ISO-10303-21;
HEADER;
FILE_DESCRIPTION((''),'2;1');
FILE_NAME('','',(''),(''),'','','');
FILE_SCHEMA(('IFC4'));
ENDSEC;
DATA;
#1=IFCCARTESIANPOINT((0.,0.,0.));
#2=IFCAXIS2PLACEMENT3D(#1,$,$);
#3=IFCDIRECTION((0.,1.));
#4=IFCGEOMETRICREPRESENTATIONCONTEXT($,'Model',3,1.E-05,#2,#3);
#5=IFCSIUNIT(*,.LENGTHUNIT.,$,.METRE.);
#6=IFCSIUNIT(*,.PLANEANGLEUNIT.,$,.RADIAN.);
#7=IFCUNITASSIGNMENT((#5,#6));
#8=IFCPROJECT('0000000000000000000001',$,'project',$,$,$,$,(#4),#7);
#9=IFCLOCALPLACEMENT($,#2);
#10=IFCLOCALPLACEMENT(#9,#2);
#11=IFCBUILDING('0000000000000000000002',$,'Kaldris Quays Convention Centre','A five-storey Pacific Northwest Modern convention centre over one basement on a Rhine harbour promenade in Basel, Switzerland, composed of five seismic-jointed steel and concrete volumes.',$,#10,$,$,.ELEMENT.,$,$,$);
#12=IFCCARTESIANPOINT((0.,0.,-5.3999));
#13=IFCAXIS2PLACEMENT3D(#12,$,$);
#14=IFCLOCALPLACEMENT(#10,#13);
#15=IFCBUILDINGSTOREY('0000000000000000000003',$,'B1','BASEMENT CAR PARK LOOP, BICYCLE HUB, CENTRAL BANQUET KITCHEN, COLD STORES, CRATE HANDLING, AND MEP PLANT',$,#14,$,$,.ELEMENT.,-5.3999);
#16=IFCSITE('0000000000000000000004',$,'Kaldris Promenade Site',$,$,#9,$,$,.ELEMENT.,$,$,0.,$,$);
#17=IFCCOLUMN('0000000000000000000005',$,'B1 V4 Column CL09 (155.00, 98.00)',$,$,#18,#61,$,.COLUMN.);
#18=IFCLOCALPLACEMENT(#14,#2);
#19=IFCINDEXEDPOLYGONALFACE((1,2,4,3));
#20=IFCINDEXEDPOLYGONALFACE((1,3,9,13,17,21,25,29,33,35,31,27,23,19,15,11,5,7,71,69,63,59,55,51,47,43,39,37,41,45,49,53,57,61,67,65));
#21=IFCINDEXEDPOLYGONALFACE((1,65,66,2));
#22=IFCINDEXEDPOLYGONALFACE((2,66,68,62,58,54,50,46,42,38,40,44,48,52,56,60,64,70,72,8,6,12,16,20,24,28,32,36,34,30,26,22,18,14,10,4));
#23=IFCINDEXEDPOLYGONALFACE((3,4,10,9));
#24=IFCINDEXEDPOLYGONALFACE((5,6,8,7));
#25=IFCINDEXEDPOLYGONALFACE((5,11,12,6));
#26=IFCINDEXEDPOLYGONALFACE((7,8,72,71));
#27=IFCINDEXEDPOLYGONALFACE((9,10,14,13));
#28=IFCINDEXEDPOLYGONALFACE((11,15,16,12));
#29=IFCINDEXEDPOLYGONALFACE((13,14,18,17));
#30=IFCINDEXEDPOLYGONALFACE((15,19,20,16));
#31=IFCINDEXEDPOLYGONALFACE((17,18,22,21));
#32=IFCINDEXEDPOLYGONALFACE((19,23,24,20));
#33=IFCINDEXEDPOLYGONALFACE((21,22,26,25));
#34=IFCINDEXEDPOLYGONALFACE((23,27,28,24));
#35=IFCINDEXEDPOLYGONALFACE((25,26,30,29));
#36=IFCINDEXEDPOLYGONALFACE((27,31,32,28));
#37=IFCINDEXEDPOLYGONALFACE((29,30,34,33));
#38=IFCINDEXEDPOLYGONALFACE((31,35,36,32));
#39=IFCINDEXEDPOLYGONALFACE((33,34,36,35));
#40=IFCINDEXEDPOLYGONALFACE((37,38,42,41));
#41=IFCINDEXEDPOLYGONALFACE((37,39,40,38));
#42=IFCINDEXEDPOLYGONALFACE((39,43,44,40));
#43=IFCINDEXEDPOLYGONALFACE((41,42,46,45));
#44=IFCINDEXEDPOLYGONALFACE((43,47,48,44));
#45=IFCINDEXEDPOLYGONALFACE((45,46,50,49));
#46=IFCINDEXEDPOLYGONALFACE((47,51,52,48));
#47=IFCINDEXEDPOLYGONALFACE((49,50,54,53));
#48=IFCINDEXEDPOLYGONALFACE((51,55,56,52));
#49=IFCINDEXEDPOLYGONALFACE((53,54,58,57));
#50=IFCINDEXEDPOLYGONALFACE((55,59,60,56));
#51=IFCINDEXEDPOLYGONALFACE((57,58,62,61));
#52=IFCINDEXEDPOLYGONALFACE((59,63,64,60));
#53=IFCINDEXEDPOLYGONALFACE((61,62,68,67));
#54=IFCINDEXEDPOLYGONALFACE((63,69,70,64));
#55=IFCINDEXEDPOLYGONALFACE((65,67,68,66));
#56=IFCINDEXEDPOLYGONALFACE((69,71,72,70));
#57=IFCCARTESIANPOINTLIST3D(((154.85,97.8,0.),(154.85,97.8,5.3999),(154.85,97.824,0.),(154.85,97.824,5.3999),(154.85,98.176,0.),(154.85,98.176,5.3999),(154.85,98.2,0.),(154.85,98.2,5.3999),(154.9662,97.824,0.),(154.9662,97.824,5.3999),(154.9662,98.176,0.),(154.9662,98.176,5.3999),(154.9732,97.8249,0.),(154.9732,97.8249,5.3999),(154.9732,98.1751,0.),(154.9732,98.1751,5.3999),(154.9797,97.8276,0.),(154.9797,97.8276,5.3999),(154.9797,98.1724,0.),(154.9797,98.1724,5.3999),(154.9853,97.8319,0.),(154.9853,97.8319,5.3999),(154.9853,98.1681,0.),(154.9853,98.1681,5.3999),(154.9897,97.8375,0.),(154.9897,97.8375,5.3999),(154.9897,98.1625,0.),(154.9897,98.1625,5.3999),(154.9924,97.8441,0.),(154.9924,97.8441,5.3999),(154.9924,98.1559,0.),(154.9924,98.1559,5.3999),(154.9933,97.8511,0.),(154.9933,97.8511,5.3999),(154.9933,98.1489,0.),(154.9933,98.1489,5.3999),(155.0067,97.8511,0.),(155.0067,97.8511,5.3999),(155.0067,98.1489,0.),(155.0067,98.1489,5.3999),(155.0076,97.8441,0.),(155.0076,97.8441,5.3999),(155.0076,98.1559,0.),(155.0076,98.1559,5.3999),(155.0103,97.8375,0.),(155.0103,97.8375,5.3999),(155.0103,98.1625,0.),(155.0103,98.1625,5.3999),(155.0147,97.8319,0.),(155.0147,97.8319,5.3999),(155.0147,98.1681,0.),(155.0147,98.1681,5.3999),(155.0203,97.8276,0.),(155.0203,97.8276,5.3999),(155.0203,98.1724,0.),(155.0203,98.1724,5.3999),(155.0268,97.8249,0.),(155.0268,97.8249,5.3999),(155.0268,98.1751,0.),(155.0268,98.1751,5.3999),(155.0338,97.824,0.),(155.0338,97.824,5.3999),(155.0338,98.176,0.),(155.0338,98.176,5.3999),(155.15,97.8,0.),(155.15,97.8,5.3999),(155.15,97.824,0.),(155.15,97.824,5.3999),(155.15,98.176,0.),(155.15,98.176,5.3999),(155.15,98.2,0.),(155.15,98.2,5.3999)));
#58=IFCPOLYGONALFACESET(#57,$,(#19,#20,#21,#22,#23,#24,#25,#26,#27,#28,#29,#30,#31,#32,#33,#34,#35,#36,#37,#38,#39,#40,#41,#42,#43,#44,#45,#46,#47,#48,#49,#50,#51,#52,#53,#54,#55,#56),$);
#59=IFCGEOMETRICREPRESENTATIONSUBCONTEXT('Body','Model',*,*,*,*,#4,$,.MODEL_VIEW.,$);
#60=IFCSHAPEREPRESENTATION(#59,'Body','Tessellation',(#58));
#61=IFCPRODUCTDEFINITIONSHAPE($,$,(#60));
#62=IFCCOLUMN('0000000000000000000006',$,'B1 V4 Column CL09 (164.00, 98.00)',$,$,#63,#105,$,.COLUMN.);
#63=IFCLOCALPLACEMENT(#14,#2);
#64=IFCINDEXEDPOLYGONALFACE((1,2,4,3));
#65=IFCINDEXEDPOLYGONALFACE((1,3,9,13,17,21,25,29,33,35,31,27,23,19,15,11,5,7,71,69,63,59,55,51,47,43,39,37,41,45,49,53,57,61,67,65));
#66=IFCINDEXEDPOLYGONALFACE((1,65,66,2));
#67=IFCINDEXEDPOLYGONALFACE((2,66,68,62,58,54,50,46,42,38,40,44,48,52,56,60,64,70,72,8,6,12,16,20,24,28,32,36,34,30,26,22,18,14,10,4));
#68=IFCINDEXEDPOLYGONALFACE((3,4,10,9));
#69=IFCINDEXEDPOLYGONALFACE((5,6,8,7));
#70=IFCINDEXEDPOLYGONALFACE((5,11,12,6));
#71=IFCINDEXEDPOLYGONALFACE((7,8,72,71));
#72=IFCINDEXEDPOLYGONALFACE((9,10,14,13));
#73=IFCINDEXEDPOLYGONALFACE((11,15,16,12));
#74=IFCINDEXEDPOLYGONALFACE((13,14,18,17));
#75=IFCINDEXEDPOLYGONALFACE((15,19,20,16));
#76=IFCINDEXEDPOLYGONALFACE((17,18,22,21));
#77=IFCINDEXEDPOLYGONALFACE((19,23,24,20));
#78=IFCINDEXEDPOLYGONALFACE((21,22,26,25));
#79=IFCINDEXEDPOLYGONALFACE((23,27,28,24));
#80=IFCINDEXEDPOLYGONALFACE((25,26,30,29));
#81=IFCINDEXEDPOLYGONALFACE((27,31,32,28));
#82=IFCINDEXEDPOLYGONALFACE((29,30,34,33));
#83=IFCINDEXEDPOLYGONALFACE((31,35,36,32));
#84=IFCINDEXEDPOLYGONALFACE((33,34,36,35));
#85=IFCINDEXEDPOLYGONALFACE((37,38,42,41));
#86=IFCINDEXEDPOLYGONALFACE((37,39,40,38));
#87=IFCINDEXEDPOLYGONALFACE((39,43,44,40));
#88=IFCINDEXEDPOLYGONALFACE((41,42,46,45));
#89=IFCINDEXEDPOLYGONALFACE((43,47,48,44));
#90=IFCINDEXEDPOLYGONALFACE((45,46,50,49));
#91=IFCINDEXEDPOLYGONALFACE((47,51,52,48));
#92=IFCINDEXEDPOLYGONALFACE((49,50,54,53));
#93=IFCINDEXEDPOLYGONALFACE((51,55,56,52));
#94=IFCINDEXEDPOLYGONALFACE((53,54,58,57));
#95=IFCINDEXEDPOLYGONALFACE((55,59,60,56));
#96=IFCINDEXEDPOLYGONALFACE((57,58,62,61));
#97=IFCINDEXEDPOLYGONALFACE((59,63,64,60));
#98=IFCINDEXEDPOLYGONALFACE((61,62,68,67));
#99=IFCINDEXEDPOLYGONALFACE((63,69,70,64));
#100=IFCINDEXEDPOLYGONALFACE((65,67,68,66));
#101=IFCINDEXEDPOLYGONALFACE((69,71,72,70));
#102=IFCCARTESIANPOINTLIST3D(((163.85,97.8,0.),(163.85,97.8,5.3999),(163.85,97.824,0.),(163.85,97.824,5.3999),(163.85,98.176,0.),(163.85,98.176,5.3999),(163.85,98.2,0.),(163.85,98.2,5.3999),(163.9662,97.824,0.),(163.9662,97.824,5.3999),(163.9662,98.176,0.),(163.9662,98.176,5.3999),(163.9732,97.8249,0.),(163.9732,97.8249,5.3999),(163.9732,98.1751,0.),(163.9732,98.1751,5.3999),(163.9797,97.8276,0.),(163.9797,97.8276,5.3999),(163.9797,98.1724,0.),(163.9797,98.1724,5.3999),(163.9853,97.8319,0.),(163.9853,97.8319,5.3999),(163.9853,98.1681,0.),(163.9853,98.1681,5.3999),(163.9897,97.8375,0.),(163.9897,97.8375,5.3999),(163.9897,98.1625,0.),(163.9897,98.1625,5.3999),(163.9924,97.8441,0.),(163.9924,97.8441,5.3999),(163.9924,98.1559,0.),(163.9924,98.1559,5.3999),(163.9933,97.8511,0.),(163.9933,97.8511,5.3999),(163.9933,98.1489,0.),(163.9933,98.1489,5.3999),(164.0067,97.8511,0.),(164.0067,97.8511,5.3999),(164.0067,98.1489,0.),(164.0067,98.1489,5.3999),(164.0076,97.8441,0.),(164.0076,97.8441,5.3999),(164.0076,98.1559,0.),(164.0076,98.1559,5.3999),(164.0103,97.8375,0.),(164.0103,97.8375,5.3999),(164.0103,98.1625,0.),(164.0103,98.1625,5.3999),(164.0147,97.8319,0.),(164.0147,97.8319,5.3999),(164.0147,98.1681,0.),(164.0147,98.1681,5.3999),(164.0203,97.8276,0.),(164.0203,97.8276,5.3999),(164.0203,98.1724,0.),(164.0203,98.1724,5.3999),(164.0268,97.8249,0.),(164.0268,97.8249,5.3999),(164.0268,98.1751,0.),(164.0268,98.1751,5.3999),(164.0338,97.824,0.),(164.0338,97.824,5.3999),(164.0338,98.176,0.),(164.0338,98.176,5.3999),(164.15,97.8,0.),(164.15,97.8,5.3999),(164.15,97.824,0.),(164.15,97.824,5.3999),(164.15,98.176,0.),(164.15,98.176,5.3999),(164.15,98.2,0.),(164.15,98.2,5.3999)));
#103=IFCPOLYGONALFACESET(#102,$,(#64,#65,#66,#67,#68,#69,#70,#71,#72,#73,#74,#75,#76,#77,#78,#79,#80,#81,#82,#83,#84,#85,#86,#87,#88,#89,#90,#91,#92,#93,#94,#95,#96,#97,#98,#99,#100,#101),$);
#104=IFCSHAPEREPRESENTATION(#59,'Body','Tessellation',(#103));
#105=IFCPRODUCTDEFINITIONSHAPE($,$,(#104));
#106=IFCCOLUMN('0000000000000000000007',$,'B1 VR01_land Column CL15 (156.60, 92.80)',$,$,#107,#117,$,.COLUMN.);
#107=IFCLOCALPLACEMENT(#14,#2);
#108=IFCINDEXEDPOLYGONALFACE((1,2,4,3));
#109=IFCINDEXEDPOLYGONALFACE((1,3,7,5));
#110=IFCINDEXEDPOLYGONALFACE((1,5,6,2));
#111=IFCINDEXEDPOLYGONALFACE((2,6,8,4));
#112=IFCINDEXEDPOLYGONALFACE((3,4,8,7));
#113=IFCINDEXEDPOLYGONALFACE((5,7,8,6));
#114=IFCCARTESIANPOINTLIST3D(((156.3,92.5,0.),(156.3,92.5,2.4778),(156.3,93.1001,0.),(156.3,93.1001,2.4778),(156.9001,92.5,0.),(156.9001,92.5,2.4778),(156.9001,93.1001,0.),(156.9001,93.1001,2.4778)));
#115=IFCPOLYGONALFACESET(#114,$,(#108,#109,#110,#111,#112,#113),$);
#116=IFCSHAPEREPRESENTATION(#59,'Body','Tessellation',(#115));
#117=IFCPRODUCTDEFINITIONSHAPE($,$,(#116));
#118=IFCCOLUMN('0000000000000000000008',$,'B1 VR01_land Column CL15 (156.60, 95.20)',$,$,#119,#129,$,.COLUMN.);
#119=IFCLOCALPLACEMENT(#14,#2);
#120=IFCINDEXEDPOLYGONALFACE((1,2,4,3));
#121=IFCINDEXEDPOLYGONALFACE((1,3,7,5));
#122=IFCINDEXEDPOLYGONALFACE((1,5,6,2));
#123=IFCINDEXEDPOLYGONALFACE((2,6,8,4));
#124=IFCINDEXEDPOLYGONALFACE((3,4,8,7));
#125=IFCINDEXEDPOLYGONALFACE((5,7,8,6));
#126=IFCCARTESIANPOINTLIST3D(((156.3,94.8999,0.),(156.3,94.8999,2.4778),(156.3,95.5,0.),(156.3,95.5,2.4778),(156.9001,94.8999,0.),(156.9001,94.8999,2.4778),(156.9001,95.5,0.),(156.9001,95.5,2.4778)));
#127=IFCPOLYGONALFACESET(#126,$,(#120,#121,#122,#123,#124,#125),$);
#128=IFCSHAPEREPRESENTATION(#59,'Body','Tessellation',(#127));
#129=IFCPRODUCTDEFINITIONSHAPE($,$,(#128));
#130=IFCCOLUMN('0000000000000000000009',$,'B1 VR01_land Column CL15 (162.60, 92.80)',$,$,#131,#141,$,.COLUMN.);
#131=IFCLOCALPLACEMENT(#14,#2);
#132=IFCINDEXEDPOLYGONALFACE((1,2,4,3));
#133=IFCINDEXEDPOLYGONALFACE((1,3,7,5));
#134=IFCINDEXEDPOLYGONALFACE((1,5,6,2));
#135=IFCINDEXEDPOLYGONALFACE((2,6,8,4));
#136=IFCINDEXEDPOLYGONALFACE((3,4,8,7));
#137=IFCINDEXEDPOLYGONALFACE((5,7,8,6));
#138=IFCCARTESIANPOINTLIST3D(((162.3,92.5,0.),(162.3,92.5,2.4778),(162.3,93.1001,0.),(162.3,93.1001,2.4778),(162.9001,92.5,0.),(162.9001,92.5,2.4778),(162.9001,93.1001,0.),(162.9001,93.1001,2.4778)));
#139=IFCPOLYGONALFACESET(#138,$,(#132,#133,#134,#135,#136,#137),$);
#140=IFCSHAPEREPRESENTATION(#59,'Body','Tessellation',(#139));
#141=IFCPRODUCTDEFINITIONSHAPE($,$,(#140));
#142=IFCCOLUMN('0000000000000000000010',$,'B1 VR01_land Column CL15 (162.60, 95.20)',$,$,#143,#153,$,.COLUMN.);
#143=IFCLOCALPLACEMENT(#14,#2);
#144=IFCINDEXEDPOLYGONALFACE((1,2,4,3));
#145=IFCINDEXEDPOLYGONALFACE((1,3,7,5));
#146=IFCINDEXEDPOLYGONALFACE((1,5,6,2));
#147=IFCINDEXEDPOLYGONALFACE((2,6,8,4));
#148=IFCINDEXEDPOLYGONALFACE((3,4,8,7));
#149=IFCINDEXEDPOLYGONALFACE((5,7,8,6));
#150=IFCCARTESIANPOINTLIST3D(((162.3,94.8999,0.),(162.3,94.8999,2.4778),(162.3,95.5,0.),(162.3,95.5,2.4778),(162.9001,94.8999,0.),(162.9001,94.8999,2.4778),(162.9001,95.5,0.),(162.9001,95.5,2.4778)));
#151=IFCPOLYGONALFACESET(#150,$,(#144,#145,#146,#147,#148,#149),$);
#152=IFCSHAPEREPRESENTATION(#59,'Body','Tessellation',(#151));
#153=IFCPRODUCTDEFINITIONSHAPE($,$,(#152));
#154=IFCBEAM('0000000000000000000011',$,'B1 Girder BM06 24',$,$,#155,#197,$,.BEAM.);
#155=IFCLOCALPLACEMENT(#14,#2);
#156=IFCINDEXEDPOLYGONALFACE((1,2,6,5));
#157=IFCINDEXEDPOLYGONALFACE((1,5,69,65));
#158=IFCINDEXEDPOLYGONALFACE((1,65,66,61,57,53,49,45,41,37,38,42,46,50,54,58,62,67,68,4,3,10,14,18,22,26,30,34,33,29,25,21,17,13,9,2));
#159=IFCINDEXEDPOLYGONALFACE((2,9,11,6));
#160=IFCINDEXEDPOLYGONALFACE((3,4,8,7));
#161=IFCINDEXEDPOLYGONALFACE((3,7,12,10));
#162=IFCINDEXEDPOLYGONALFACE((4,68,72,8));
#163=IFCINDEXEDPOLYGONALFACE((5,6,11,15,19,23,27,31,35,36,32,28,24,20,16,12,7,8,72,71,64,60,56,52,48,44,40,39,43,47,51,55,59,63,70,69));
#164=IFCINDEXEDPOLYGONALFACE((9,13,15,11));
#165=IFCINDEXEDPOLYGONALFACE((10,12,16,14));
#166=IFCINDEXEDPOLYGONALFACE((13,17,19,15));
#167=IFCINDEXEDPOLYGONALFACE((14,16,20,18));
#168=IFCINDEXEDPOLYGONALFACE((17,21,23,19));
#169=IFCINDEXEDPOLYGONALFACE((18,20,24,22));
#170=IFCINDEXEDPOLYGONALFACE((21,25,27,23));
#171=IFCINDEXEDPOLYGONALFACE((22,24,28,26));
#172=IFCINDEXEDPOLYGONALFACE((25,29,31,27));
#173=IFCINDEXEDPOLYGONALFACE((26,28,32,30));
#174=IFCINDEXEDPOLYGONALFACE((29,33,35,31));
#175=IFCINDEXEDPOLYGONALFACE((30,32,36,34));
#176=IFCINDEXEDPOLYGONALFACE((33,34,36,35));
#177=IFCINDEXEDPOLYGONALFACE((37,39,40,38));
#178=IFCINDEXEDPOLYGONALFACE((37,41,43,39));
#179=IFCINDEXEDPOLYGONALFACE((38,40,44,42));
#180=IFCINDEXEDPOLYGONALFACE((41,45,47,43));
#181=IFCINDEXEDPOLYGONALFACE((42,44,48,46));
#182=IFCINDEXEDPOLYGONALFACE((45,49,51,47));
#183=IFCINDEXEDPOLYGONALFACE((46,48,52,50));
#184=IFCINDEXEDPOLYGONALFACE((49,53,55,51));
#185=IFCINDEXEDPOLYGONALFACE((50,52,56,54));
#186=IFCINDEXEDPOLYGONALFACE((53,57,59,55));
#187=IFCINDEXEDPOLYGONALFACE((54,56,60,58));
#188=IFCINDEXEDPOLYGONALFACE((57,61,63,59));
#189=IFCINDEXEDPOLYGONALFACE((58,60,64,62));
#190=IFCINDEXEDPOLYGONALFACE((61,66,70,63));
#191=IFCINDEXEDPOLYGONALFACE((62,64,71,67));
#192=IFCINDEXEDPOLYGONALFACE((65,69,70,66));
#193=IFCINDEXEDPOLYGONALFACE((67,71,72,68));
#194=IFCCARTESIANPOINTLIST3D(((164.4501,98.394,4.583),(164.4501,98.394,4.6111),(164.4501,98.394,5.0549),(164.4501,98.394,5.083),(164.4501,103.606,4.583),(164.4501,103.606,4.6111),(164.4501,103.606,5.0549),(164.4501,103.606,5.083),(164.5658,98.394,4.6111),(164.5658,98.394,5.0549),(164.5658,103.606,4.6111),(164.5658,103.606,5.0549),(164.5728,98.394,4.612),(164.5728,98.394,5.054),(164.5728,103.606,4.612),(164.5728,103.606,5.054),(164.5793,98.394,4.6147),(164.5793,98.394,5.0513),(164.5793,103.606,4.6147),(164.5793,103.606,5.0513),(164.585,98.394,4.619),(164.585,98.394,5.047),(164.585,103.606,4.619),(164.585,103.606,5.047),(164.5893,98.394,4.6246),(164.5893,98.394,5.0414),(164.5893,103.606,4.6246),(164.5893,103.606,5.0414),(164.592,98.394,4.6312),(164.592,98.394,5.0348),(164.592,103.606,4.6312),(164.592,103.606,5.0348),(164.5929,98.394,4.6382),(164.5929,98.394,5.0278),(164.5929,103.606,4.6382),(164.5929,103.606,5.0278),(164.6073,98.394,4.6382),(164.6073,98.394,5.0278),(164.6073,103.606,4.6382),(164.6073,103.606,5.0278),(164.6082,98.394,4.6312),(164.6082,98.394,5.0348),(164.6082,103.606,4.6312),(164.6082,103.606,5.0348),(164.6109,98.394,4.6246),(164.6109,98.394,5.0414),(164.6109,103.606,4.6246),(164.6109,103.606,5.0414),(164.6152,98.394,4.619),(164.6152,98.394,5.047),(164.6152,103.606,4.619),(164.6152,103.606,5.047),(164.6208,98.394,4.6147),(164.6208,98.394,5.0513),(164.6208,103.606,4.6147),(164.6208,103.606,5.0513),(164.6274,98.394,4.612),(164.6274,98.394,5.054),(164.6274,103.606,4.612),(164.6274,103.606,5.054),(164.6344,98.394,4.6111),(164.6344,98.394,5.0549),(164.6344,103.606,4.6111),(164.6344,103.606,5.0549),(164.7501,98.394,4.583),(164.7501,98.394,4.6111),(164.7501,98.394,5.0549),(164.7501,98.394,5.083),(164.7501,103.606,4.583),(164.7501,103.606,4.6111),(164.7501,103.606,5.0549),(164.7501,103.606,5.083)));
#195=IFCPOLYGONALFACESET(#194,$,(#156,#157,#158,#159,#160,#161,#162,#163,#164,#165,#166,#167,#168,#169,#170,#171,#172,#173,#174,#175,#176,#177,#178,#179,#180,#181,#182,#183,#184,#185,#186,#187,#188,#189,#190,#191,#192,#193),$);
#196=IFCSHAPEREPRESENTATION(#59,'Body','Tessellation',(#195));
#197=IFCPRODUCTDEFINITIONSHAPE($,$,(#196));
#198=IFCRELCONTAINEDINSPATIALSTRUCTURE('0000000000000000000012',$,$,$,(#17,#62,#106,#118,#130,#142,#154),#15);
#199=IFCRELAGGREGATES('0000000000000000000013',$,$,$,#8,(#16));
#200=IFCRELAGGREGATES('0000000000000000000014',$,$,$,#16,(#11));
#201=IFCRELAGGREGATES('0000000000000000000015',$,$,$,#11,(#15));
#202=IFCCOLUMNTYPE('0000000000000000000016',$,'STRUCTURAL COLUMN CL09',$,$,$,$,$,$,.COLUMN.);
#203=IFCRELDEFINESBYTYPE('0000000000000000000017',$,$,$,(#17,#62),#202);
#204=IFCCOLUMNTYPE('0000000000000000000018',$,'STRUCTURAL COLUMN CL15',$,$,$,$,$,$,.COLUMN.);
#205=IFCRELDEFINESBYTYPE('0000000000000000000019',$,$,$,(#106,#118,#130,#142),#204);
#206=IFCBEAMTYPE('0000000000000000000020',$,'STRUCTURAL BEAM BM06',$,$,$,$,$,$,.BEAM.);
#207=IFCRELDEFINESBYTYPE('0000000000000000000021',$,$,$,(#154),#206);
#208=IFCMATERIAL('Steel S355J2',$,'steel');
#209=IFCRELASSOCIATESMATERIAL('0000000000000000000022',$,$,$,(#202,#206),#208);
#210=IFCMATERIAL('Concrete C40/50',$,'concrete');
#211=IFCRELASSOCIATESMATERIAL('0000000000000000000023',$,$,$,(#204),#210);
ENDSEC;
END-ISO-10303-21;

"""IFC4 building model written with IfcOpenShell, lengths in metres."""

from ifc_helpers import new_model, si_unit, direction, frame, origin, origin_2d, place, context, subcontext, project, spatial, rectangle, i_section, extrude, material, material_profile, profile_set, type_object, element, save


model = new_model("IFC4")

# Units and contexts
model_context = context("Model", 3, precision=1e-05, world=origin(), true_north=direction((0.0, 1.0)))
body_context = subcontext(model_context, "Body", "Model", "MODEL_VIEW")
ifc_project = project(units=[si_unit("LENGTHUNIT", "METRE"), si_unit("PLANEANGLEUNIT", "RADIAN")], contexts=[model_context])

# Site, building, storey
site_placement = place(None, origin())
site = spatial("IfcSite", under=ifc_project, at=site_placement, Name="Kaldris Promenade Site", CompositionType="ELEMENT", RefElevation=0.0)
building_placement = place(site_placement, origin())
building = spatial("IfcBuilding", under=site, at=building_placement, Name="Kaldris Quays Convention Centre", Description="A five-storey Pacific Northwest Modern convention centre over one basement on a Rhine harbour promenade in Basel, Switzerland, composed of five seismic-jointed steel and concrete volumes.", CompositionType="ELEMENT")
storey_placement = place(building_placement, frame((0.0, 0.0, -5.3999)))
storey = spatial("IfcBuildingStorey", under=building, at=storey_placement, Name="B1", Description="BASEMENT CAR PARK LOOP, BICYCLE HUB, CENTRAL BANQUET KITCHEN, COLD STORES, CRATE HANDLING, AND MEP PLANT", CompositionType="ELEMENT", Elevation=-5.3999)

# Columns
ifc_material_1 = material(Name="Steel S355J2", Category="steel")
ifc_material_profile_1 = material_profile(ifc_material_1, i_section(OverallWidth=0.3, OverallDepth=0.3999, WebThickness=0.0134, FlangeThickness=0.0239, FilletRadius=0.0271, at=origin_2d()), Name="HEB 400")
ifc_profile_set_1 = profile_set([ifc_material_profile_1], Name="Steel S355J2")
column_type_1 = type_object("IfcColumnType", Name="STRUCTURAL COLUMN CL09", PredefinedType="COLUMN", material=ifc_profile_set_1)
for number, where, z_axis, x_axis, name in (
    (1, (155.0, 98.0, 0.0), (0.0, 0.0, 1.0), (1.0, 0.0, 0.0), "B1 V4 Column CL09 (155.00, 98.00)"),
    (2, (164.0, 98.0, 0.0), (0.0, 0.0, 1.0), (1.0, 0.0, 0.0), "B1 V4 Column CL09 (164.00, 98.00)"),
):
    element("IfcColumn", number, at=place(storey_placement, frame(where, z_axis=z_axis, x_axis=x_axis)), inside=storey, type_object=column_type_1, Name=name, PredefinedType="COLUMN", context=body_context, shape_type="SweptSolid", body=[
        extrude(i_section(OverallWidth=0.3, OverallDepth=0.3999, WebThickness=0.0134, FlangeThickness=0.0239, FilletRadius=0.0271, at=origin_2d()), origin(), (0.0, 0.0, 1.0), 5.3999),
    ])
ifc_material_2 = material(Name="Concrete C40/50", Category="concrete")
ifc_material_profile_2 = material_profile(ifc_material_2, rectangle(XDim=0.6001, YDim=0.6001, at=origin_2d()), Name="RC 600x600")
ifc_profile_set_2 = profile_set([ifc_material_profile_2], Name="Concrete C40/50")
column_type_2 = type_object("IfcColumnType", Name="STRUCTURAL COLUMN CL15", PredefinedType="COLUMN", material=ifc_profile_set_2)
for number, where, z_axis, x_axis, name in (
    (3, (156.6001, 92.8, 0.0), (0.0, 0.0, 1.0), (1.0, 0.0, 0.0), "B1 VR01_land Column CL15 (156.60, 92.80)"),
    (4, (156.6001, 95.2, 0.0), (0.0, 0.0, 1.0), (1.0, 0.0, 0.0), "B1 VR01_land Column CL15 (156.60, 95.20)"),
    (5, (162.6001, 92.8, 0.0), (0.0, 0.0, 1.0), (1.0, 0.0, 0.0), "B1 VR01_land Column CL15 (162.60, 92.80)"),
    (6, (162.6001, 95.2, 0.0), (0.0, 0.0, 1.0), (1.0, 0.0, 0.0), "B1 VR01_land Column CL15 (162.60, 95.20)"),
):
    element("IfcColumn", number, at=place(storey_placement, frame(where, z_axis=z_axis, x_axis=x_axis)), inside=storey, type_object=column_type_2, Name=name, PredefinedType="COLUMN", context=body_context, shape_type="SweptSolid", body=[
        extrude(rectangle(XDim=0.6001, YDim=0.6001, at=origin_2d()), origin(), (0.0, 0.0, 1.0), 2.4778),
    ])

# Beam
ifc_material_profile_3 = material_profile(ifc_material_1, i_section(OverallWidth=0.3, OverallDepth=0.5, WebThickness=0.0144, FlangeThickness=0.0281, FilletRadius=0.0271, at=origin_2d()), Name="HEB 500")
ifc_profile_set_3 = profile_set([ifc_material_profile_3], Name="Steel S355J2")
beam_type_1 = type_object("IfcBeamType", Name="STRUCTURAL BEAM BM06", PredefinedType="BEAM", material=ifc_profile_set_3)
beam_placement = place(storey_placement, frame((164.6001, 98.394, 4.833), z_axis=(0.0, 1.0, 0.0), x_axis=(-1.0, 0.0, 0.0)))
element("IfcBeam", 7, at=beam_placement, inside=storey, type_object=beam_type_1, Name="B1 Girder BM06 24", PredefinedType="BEAM", context=body_context, shape_type="SweptSolid", body=[
    extrude(i_section(OverallWidth=0.3, OverallDepth=0.5, WebThickness=0.0144, FlangeThickness=0.0281, FilletRadius=0.0271, at=origin_2d()), origin(), (0.0, 0.0, 1.0), 5.2119),
])

save(model, "model.ifc")
